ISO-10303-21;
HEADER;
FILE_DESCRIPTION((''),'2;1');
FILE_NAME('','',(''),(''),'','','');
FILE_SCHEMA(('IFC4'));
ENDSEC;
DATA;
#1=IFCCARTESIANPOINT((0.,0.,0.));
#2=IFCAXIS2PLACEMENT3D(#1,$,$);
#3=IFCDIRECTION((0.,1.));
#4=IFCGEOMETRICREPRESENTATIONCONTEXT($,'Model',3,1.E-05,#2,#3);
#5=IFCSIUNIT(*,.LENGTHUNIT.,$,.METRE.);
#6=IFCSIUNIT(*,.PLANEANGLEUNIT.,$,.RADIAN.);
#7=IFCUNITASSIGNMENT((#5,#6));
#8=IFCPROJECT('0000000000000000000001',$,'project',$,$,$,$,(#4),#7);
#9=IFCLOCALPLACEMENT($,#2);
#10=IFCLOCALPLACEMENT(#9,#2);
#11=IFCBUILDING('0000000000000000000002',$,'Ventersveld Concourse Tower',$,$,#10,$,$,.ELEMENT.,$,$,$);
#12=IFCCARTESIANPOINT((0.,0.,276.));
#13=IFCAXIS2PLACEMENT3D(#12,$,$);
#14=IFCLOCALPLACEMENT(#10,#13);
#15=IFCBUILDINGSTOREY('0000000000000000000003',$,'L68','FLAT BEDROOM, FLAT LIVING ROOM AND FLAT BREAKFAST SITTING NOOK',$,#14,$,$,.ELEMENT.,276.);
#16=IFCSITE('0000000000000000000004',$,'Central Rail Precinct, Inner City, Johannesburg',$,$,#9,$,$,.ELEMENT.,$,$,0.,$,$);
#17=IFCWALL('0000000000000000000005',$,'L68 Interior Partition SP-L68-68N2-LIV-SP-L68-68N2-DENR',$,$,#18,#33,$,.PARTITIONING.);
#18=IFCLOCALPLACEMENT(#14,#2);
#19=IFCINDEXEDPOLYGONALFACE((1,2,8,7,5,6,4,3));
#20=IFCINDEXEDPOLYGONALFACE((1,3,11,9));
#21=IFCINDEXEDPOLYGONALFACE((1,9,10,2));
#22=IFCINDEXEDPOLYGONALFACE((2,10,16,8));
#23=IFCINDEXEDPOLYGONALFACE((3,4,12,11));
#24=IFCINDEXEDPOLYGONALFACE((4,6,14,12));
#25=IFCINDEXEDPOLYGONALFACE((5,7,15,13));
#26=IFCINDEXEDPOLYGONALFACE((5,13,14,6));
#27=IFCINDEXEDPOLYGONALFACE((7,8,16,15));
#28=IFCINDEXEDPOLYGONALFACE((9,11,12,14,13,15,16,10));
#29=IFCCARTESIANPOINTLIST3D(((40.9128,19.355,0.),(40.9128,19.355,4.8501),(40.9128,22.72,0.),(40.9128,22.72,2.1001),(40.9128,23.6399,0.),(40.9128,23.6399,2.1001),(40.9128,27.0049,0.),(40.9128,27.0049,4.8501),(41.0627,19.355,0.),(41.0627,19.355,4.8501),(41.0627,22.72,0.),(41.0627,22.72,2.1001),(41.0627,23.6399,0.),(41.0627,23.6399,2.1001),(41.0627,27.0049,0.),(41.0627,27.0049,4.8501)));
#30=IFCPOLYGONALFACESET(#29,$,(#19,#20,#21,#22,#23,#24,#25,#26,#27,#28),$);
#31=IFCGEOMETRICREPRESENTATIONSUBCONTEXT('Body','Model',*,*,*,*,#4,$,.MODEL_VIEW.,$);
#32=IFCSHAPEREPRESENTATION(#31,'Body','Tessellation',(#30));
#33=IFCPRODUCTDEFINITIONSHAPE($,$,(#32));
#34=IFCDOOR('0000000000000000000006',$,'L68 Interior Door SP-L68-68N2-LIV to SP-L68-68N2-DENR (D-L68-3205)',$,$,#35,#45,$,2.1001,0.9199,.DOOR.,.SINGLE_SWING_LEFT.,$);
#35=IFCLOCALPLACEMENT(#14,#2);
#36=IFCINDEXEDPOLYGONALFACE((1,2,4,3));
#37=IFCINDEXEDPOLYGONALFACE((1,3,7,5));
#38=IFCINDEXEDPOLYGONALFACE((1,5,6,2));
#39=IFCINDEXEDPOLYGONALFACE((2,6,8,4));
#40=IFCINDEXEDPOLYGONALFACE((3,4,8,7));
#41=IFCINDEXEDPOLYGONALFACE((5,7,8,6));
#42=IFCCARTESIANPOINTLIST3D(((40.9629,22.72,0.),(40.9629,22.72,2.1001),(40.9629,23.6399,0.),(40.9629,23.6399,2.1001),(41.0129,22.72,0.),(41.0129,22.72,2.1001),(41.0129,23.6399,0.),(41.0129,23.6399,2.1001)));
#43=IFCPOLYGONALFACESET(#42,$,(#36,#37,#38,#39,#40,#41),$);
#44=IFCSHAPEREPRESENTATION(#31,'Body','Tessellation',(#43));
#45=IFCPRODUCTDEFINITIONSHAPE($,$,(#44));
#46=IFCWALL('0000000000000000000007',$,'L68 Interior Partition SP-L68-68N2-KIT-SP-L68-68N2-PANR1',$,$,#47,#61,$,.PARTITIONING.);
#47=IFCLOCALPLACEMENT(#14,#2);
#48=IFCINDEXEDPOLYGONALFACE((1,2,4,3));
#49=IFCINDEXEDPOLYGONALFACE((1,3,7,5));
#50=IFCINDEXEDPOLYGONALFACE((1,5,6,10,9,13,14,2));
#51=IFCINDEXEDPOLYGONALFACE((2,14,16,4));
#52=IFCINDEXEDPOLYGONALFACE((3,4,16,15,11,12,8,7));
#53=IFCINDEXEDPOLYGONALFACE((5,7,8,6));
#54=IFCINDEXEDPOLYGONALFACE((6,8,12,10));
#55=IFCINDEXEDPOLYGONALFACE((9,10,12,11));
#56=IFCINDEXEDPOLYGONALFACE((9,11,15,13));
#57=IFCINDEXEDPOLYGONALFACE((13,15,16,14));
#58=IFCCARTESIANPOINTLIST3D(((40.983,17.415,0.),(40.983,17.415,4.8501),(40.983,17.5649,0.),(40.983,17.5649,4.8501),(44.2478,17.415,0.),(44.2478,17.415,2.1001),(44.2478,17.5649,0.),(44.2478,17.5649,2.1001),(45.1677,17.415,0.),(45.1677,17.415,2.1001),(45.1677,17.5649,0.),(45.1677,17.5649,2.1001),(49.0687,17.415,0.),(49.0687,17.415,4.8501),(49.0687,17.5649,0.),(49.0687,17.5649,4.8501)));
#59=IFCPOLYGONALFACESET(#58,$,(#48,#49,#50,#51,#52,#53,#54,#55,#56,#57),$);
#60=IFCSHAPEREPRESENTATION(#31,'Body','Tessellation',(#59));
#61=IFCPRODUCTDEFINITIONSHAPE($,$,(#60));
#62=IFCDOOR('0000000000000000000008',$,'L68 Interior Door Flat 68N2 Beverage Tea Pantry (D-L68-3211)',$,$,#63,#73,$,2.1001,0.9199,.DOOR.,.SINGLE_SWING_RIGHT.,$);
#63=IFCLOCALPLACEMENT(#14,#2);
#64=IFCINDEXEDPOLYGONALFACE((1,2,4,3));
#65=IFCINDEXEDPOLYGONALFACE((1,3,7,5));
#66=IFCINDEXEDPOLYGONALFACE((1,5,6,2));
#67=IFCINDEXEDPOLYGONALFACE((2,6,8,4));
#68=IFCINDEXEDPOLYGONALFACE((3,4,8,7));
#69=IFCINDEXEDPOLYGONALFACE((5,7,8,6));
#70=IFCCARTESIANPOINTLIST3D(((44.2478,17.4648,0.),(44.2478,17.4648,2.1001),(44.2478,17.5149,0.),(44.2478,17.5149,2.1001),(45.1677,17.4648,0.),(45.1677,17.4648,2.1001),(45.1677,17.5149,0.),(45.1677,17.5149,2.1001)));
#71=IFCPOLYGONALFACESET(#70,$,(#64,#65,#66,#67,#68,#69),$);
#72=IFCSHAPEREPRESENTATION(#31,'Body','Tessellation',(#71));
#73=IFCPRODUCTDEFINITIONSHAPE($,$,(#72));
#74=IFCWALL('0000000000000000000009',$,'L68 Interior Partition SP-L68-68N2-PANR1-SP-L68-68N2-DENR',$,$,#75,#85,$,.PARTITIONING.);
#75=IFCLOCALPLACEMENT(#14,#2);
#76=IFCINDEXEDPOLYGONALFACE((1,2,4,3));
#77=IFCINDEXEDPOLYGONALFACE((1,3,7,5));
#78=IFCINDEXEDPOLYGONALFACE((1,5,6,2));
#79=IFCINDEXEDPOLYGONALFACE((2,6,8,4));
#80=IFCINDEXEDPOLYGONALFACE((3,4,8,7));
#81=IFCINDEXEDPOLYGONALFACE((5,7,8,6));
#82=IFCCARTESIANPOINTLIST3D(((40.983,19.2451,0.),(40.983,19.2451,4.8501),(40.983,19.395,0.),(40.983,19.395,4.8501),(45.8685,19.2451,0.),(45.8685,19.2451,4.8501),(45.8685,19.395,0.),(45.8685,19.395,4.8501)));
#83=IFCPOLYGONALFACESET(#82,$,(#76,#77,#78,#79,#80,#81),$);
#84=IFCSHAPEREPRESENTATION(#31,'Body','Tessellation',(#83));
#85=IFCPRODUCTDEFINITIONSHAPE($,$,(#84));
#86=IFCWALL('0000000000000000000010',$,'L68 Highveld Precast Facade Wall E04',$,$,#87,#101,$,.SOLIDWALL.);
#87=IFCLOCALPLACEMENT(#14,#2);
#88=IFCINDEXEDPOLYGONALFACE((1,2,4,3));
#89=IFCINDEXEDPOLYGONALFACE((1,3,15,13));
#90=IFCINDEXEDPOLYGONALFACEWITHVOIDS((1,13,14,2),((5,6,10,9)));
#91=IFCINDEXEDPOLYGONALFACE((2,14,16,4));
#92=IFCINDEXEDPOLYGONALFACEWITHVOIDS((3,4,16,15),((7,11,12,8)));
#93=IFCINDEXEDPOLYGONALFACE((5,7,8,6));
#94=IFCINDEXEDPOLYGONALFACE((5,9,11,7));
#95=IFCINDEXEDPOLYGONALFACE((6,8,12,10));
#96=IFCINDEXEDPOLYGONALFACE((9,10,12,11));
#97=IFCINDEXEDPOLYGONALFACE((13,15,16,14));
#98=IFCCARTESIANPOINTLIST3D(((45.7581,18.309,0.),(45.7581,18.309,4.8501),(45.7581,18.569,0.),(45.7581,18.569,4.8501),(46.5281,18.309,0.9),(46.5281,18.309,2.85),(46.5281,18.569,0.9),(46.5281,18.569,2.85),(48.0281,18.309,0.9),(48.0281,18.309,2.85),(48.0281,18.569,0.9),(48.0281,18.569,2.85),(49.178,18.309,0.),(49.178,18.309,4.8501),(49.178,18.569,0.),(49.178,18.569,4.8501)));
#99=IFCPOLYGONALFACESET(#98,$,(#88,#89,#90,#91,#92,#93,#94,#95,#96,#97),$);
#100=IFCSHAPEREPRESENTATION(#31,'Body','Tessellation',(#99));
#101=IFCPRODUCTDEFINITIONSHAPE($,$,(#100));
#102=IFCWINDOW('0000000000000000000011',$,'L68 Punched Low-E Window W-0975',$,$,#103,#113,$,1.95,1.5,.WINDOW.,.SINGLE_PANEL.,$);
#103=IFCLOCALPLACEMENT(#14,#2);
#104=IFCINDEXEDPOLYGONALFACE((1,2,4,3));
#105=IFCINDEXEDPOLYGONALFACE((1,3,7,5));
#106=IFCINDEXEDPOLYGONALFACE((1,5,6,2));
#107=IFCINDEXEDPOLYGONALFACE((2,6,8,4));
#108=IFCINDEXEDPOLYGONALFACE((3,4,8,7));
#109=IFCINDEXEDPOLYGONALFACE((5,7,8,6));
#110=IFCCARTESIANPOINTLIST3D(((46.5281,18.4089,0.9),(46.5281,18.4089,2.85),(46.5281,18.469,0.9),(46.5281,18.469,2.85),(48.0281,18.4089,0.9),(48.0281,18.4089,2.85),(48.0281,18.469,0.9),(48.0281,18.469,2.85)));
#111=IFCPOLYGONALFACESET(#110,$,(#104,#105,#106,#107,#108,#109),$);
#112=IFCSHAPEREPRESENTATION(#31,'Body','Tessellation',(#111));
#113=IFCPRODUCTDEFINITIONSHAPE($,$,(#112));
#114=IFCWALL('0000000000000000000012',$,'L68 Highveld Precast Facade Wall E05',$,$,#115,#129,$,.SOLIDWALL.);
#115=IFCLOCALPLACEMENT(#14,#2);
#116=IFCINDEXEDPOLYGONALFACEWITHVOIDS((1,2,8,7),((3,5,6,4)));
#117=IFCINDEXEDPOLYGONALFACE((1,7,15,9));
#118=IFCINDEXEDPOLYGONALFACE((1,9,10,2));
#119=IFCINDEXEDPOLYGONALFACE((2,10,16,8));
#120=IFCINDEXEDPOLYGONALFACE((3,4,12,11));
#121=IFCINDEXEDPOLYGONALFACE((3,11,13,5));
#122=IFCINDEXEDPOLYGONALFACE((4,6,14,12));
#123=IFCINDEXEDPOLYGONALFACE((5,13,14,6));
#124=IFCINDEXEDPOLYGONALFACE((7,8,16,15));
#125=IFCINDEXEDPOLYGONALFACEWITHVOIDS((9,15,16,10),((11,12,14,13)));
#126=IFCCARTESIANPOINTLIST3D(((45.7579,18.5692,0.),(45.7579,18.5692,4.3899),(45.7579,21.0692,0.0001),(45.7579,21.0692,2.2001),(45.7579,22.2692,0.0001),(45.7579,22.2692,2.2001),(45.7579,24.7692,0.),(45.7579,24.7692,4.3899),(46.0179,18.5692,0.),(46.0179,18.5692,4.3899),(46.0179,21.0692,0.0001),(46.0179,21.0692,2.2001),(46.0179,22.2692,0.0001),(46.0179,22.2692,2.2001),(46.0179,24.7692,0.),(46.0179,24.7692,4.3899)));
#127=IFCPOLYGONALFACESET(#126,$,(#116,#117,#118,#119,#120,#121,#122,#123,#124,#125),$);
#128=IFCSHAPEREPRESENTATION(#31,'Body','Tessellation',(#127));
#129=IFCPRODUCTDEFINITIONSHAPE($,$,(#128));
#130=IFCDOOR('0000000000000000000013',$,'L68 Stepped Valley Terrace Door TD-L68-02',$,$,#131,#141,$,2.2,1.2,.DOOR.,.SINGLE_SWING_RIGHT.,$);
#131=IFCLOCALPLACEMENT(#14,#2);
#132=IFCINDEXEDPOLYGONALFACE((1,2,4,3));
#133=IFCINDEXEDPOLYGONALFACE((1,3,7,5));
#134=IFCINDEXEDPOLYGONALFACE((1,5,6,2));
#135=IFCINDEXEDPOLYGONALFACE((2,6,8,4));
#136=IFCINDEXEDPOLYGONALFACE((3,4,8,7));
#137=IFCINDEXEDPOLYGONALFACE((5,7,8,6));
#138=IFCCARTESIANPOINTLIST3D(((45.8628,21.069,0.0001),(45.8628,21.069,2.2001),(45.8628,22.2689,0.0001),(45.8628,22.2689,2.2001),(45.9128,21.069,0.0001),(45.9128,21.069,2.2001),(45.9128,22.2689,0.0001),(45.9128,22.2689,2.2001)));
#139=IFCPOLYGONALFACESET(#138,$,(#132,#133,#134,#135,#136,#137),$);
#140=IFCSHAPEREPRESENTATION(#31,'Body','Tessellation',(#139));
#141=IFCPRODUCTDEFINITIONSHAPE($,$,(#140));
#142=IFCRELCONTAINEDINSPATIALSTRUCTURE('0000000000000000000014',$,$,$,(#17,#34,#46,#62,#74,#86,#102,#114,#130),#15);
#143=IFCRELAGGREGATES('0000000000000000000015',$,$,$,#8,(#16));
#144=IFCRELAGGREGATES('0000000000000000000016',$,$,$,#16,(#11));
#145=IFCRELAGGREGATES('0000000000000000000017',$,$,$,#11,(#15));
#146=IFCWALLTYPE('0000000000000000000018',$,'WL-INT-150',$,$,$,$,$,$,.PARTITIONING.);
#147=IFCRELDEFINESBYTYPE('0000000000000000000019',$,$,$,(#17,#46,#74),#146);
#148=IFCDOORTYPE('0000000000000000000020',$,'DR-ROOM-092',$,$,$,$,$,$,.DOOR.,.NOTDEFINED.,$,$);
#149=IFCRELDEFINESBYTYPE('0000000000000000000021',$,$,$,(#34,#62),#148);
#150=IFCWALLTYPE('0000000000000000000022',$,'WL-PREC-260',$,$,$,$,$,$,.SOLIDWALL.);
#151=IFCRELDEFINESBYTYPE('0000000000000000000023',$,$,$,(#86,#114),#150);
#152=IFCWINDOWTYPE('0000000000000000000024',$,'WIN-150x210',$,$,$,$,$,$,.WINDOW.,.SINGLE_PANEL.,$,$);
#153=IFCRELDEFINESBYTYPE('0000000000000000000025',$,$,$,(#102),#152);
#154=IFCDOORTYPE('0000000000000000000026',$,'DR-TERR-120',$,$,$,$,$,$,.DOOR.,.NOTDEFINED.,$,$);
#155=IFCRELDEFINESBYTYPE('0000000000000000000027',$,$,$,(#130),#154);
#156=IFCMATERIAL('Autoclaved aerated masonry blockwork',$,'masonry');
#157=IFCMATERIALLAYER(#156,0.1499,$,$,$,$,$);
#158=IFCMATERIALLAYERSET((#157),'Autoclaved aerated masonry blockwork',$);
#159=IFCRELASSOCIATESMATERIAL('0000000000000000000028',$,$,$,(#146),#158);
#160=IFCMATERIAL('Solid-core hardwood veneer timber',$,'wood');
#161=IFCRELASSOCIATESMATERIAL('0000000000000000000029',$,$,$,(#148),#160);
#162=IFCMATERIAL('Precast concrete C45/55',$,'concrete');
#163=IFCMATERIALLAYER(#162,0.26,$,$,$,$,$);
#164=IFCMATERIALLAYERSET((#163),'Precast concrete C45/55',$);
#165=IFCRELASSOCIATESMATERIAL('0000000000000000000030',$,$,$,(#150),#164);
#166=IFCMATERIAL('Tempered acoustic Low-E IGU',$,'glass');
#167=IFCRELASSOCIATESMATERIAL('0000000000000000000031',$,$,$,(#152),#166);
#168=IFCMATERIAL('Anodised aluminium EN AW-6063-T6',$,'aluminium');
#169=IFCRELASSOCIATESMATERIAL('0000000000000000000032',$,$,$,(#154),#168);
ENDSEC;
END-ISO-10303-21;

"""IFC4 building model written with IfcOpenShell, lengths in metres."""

from ifc_helpers import new_model, si_unit, direction, frame, frame_2d, origin, place, context, subcontext, project, spatial, rectangle, extrude, material, layer, layer_set, type_object, element, fill, save


model = new_model("IFC4")

# Units and contexts
model_context = context("Model", 3, precision=1e-05, world=origin(), true_north=direction((0.0, 1.0)))
body_context = subcontext(model_context, "Body", "Model", "MODEL_VIEW")
ifc_project = project(units=[si_unit("LENGTHUNIT", "METRE"), si_unit("PLANEANGLEUNIT", "RADIAN")], contexts=[model_context])

# Site, building, storey
site_placement = place(None, origin())
site = spatial("IfcSite", under=ifc_project, at=site_placement, Name="Central Rail Precinct, Inner City, Johannesburg", CompositionType="ELEMENT", RefElevation=0.0)
building_placement = place(site_placement, origin())
building = spatial("IfcBuilding", under=site, at=building_placement, Name="Ventersveld Concourse Tower", CompositionType="ELEMENT")
storey_placement = place(building_placement, frame((0.0, 0.0, 276.0)))
storey = spatial("IfcBuildingStorey", under=building, at=storey_placement, Name="L68", Description="FLAT BEDROOM, FLAT LIVING ROOM AND FLAT BREAKFAST SITTING NOOK", CompositionType="ELEMENT", Elevation=276.0)

# Shared definitions
ifc_material_1 = material(Name="Solid-core hardwood veneer timber", Category="wood")

# Shared definitions
ifc_material_2 = material(Name="Autoclaved aerated masonry blockwork", Category="masonry")
ifc_layer_1 = layer(ifc_material_2, 0.1499)
ifc_layer_set_1 = layer_set([ifc_layer_1], Name="Autoclaved aerated masonry blockwork")
wall_type_1 = type_object("IfcWallType", Name="WL-INT-150", PredefinedType="PARTITIONING", material=ifc_layer_set_1)
door_type_1 = type_object("IfcDoorType", Name="DR-ROOM-092", OperationType="NOTDEFINED", PredefinedType="DOOR", material=ifc_material_1)

# Walls, openings, doors
wall_1_placement = place(storey_placement, frame((40.9878, 19.355, 0.0), z_axis=(0.0, 0.0, 1.0), x_axis=(0.0, 1.0, 0.0)))
wall_1 = element("IfcWall", 1, at=wall_1_placement, inside=storey, type_object=wall_type_1, Name="L68 Interior Partition SP-L68-68N2-LIV-SP-L68-68N2-DENR", PredefinedType="PARTITIONING", context=body_context, shape_type="SweptSolid", body=[
    extrude(rectangle(XDim=7.6499, YDim=0.1499, at=frame_2d((3.825, 0.0))), origin(), (0.0, 0.0, 1.0), 4.8501),
])
opening_1_placement = place(wall_1_placement, frame((3.365, 0.0, 0.0)))
opening_1 = element("IfcOpeningElement", 2, at=opening_1_placement, cuts=wall_1, PredefinedType="OPENING", context=body_context, shape_type="SweptSolid", body=[
    extrude(rectangle(XDim=0.9199, YDim=2.1001, at=frame_2d((0.46, 1.05))), frame((0.0, 0.085, 0.0), z_axis=(0.0, -1.0, 0.0), x_axis=(1.0, 0.0, 0.0)), (0.0, 0.0, 1.0), 0.1699),
])
door_1_placement = place(opening_1_placement, origin())
door_1 = element("IfcDoor", 3, at=door_1_placement, inside=storey, type_object=door_type_1, Name="L68 Interior Door SP-L68-68N2-LIV to SP-L68-68N2-DENR (D-L68-3205)", OperationType="SINGLE_SWING_LEFT", OverallHeight=2.1001, OverallWidth=0.9199, PredefinedType="DOOR", context=body_context, shape_type="SweptSolid", body=[
    extrude(rectangle(XDim=0.9199, YDim=2.1001, at=frame_2d((0.46, 1.05))), frame((0.0, 0.0249, 0.0), z_axis=(0.0, -1.0, 0.0), x_axis=(1.0, 0.0, 0.0)), (0.0, 0.0, 1.0), 0.05),
])
fill(opening_1, door_1)
wall_2_placement = place(storey_placement, frame((40.9829, 17.49, 0.0), z_axis=(0.0, 0.0, 1.0), x_axis=(1.0, 0.0, 0.0)))
wall_2 = element("IfcWall", 4, at=wall_2_placement, inside=storey, type_object=wall_type_1, Name="L68 Interior Partition SP-L68-68N2-KIT-SP-L68-68N2-PANR1", PredefinedType="PARTITIONING", context=body_context, shape_type="SweptSolid", body=[
    extrude(rectangle(XDim=8.0857, YDim=0.1499, at=frame_2d((4.043, 0.0))), origin(), (0.0, 0.0, 1.0), 4.8501),
])
opening_2_placement = place(wall_2_placement, frame((3.2649, 0.0, 0.0)))
opening_2 = element("IfcOpeningElement", 5, at=opening_2_placement, cuts=wall_2, PredefinedType="OPENING", context=body_context, shape_type="SweptSolid", body=[
    extrude(rectangle(XDim=0.9199, YDim=2.1001, at=frame_2d((0.46, 1.05))), frame((0.0, 0.085, 0.0), z_axis=(0.0, -1.0, 0.0), x_axis=(1.0, 0.0, 0.0)), (0.0, 0.0, 1.0), 0.1699),
])
door_2_placement = place(opening_2_placement, origin())
door_2 = element("IfcDoor", 6, at=door_2_placement, inside=storey, type_object=door_type_1, Name="L68 Interior Door Flat 68N2 Beverage Tea Pantry (D-L68-3211)", OperationType="SINGLE_SWING_RIGHT", OverallHeight=2.1001, OverallWidth=0.9199, PredefinedType="DOOR", context=body_context, shape_type="SweptSolid", body=[
    extrude(rectangle(XDim=0.9199, YDim=2.1001, at=frame_2d((0.46, 1.05))), frame((0.0, 0.0249, 0.0), z_axis=(0.0, -1.0, 0.0), x_axis=(1.0, 0.0, 0.0)), (0.0, 0.0, 1.0), 0.05),
])
fill(opening_2, door_2)

# Wall
wall_3_placement = place(storey_placement, frame((40.9829, 19.3201, 0.0), z_axis=(0.0, 0.0, 1.0), x_axis=(1.0, 0.0, 0.0)))
element("IfcWall", 7, at=wall_3_placement, inside=storey, type_object=wall_type_1, Name="L68 Interior Partition SP-L68-68N2-PANR1-SP-L68-68N2-DENR", PredefinedType="PARTITIONING", context=body_context, shape_type="SweptSolid", body=[
    extrude(rectangle(XDim=4.8855, YDim=0.1499, at=frame_2d((2.4429, 0.0))), origin(), (0.0, 0.0, 1.0), 4.8501),
])

# Wall, opening, window
ifc_material_3 = material(Name="Precast concrete C45/55", Category="concrete")
ifc_layer_2 = layer(ifc_material_3, 0.26)
ifc_layer_set_2 = layer_set([ifc_layer_2], Name="Precast concrete C45/55")
wall_type_2 = type_object("IfcWallType", Name="WL-PREC-260", PredefinedType="SOLIDWALL", material=ifc_layer_set_2)
wall_4_placement = place(storey_placement, frame((49.178, 18.439, 0.0), z_axis=(0.0, 0.0, 1.0), x_axis=(-1.0, 0.0, 0.0)))
wall_4 = element("IfcWall", 8, at=wall_4_placement, inside=storey, type_object=wall_type_2, Name="L68 Highveld Precast Facade Wall E04", PredefinedType="SOLIDWALL", context=body_context, shape_type="SweptSolid", body=[
    extrude(rectangle(XDim=3.4199, YDim=0.26, at=frame_2d((1.71, 0.0))), origin(), (0.0, 0.0, 1.0), 4.8501),
])
opening_3_placement = place(wall_4_placement, frame((1.1499, 0.0, 0.8999)))
opening_3 = element("IfcOpeningElement", 9, at=opening_3_placement, cuts=wall_4, PredefinedType="OPENING", context=body_context, shape_type="SweptSolid", body=[
    extrude(rectangle(XDim=1.5, YDim=1.95, at=frame_2d((0.75, 0.9751))), frame((0.0, 0.1401, 0.0), z_axis=(0.0, -1.0, 0.0), x_axis=(1.0, 0.0, 0.0)), (0.0, 0.0, 1.0), 0.28),
])
ifc_material_4 = material(Name="Tempered acoustic Low-E IGU", Category="glass")
window_type = type_object("IfcWindowType", Name="WIN-150x210", PartitioningType="SINGLE_PANEL", PredefinedType="WINDOW", material=ifc_material_4)
window_placement = place(opening_3_placement, origin())
window = element("IfcWindow", 10, at=window_placement, inside=storey, type_object=window_type, Name="L68 Punched Low-E Window W-0975", OverallHeight=1.95, OverallWidth=1.5, PartitioningType="SINGLE_PANEL", PredefinedType="WINDOW", context=body_context, shape_type="SweptSolid", body=[
    extrude(rectangle(XDim=1.5, YDim=1.95, at=frame_2d((0.75, 0.9751))), frame((0.0, 0.03, 0.0), z_axis=(0.0, -1.0, 0.0), x_axis=(1.0, 0.0, 0.0)), (0.0, 0.0, 1.0), 0.0601),
])
fill(opening_3, window)

# Wall, opening, door
wall_5_placement = place(storey_placement, frame((45.8879, 18.5691, 0.0), z_axis=(0.0, 0.0, 1.0), x_axis=(0.0, 1.0, 0.0)))
wall_5 = element("IfcWall", 11, at=wall_5_placement, inside=storey, type_object=wall_type_2, Name="L68 Highveld Precast Facade Wall E05", PredefinedType="SOLIDWALL", context=body_context, shape_type="SweptSolid", body=[
    extrude(rectangle(XDim=6.2, YDim=0.26, at=frame_2d((3.1001, 0.0))), origin(), (0.0, 0.0, 1.0), 4.3899),
])
opening_4_placement = place(wall_5_placement, frame((2.5, 0.0, 0.0)))
opening_4 = element("IfcOpeningElement", 12, at=opening_4_placement, cuts=wall_5, PredefinedType="OPENING", context=body_context, shape_type="SweptSolid", body=[
    extrude(rectangle(XDim=1.2, YDim=2.2, at=frame_2d((0.6001, 1.1001))), frame((0.0, 0.1401, 0.0), z_axis=(0.0, -1.0, 0.0), x_axis=(1.0, 0.0, 0.0)), (0.0, 0.0, 1.0), 0.28),
])
ifc_material_5 = material(Name="Anodised aluminium EN AW-6063-T6", Category="aluminium")
door_type_2 = type_object("IfcDoorType", Name="DR-TERR-120", OperationType="NOTDEFINED", PredefinedType="DOOR", material=ifc_material_5)
door_3_placement = place(opening_4_placement, frame((1.2, 0.0, 0.0), z_axis=(0.0, 0.0, 1.0), x_axis=(-1.0, 0.0, 0.0)))
door_3 = element("IfcDoor", 13, at=door_3_placement, inside=storey, type_object=door_type_2, Name="L68 Stepped Valley Terrace Door TD-L68-02", OperationType="SINGLE_SWING_RIGHT", OverallHeight=2.2, OverallWidth=1.2, PredefinedType="DOOR", context=body_context, shape_type="SweptSolid", body=[
    extrude(rectangle(XDim=1.2, YDim=2.2, at=frame_2d((0.6001, 1.1001))), frame((0.0, 0.0249, 0.0), z_axis=(0.0, -1.0, 0.0), x_axis=(1.0, 0.0, 0.0)), (0.0, 0.0, 1.0), 0.05),
])
fill(opening_4, door_3)

save(model, "model.ifc")
